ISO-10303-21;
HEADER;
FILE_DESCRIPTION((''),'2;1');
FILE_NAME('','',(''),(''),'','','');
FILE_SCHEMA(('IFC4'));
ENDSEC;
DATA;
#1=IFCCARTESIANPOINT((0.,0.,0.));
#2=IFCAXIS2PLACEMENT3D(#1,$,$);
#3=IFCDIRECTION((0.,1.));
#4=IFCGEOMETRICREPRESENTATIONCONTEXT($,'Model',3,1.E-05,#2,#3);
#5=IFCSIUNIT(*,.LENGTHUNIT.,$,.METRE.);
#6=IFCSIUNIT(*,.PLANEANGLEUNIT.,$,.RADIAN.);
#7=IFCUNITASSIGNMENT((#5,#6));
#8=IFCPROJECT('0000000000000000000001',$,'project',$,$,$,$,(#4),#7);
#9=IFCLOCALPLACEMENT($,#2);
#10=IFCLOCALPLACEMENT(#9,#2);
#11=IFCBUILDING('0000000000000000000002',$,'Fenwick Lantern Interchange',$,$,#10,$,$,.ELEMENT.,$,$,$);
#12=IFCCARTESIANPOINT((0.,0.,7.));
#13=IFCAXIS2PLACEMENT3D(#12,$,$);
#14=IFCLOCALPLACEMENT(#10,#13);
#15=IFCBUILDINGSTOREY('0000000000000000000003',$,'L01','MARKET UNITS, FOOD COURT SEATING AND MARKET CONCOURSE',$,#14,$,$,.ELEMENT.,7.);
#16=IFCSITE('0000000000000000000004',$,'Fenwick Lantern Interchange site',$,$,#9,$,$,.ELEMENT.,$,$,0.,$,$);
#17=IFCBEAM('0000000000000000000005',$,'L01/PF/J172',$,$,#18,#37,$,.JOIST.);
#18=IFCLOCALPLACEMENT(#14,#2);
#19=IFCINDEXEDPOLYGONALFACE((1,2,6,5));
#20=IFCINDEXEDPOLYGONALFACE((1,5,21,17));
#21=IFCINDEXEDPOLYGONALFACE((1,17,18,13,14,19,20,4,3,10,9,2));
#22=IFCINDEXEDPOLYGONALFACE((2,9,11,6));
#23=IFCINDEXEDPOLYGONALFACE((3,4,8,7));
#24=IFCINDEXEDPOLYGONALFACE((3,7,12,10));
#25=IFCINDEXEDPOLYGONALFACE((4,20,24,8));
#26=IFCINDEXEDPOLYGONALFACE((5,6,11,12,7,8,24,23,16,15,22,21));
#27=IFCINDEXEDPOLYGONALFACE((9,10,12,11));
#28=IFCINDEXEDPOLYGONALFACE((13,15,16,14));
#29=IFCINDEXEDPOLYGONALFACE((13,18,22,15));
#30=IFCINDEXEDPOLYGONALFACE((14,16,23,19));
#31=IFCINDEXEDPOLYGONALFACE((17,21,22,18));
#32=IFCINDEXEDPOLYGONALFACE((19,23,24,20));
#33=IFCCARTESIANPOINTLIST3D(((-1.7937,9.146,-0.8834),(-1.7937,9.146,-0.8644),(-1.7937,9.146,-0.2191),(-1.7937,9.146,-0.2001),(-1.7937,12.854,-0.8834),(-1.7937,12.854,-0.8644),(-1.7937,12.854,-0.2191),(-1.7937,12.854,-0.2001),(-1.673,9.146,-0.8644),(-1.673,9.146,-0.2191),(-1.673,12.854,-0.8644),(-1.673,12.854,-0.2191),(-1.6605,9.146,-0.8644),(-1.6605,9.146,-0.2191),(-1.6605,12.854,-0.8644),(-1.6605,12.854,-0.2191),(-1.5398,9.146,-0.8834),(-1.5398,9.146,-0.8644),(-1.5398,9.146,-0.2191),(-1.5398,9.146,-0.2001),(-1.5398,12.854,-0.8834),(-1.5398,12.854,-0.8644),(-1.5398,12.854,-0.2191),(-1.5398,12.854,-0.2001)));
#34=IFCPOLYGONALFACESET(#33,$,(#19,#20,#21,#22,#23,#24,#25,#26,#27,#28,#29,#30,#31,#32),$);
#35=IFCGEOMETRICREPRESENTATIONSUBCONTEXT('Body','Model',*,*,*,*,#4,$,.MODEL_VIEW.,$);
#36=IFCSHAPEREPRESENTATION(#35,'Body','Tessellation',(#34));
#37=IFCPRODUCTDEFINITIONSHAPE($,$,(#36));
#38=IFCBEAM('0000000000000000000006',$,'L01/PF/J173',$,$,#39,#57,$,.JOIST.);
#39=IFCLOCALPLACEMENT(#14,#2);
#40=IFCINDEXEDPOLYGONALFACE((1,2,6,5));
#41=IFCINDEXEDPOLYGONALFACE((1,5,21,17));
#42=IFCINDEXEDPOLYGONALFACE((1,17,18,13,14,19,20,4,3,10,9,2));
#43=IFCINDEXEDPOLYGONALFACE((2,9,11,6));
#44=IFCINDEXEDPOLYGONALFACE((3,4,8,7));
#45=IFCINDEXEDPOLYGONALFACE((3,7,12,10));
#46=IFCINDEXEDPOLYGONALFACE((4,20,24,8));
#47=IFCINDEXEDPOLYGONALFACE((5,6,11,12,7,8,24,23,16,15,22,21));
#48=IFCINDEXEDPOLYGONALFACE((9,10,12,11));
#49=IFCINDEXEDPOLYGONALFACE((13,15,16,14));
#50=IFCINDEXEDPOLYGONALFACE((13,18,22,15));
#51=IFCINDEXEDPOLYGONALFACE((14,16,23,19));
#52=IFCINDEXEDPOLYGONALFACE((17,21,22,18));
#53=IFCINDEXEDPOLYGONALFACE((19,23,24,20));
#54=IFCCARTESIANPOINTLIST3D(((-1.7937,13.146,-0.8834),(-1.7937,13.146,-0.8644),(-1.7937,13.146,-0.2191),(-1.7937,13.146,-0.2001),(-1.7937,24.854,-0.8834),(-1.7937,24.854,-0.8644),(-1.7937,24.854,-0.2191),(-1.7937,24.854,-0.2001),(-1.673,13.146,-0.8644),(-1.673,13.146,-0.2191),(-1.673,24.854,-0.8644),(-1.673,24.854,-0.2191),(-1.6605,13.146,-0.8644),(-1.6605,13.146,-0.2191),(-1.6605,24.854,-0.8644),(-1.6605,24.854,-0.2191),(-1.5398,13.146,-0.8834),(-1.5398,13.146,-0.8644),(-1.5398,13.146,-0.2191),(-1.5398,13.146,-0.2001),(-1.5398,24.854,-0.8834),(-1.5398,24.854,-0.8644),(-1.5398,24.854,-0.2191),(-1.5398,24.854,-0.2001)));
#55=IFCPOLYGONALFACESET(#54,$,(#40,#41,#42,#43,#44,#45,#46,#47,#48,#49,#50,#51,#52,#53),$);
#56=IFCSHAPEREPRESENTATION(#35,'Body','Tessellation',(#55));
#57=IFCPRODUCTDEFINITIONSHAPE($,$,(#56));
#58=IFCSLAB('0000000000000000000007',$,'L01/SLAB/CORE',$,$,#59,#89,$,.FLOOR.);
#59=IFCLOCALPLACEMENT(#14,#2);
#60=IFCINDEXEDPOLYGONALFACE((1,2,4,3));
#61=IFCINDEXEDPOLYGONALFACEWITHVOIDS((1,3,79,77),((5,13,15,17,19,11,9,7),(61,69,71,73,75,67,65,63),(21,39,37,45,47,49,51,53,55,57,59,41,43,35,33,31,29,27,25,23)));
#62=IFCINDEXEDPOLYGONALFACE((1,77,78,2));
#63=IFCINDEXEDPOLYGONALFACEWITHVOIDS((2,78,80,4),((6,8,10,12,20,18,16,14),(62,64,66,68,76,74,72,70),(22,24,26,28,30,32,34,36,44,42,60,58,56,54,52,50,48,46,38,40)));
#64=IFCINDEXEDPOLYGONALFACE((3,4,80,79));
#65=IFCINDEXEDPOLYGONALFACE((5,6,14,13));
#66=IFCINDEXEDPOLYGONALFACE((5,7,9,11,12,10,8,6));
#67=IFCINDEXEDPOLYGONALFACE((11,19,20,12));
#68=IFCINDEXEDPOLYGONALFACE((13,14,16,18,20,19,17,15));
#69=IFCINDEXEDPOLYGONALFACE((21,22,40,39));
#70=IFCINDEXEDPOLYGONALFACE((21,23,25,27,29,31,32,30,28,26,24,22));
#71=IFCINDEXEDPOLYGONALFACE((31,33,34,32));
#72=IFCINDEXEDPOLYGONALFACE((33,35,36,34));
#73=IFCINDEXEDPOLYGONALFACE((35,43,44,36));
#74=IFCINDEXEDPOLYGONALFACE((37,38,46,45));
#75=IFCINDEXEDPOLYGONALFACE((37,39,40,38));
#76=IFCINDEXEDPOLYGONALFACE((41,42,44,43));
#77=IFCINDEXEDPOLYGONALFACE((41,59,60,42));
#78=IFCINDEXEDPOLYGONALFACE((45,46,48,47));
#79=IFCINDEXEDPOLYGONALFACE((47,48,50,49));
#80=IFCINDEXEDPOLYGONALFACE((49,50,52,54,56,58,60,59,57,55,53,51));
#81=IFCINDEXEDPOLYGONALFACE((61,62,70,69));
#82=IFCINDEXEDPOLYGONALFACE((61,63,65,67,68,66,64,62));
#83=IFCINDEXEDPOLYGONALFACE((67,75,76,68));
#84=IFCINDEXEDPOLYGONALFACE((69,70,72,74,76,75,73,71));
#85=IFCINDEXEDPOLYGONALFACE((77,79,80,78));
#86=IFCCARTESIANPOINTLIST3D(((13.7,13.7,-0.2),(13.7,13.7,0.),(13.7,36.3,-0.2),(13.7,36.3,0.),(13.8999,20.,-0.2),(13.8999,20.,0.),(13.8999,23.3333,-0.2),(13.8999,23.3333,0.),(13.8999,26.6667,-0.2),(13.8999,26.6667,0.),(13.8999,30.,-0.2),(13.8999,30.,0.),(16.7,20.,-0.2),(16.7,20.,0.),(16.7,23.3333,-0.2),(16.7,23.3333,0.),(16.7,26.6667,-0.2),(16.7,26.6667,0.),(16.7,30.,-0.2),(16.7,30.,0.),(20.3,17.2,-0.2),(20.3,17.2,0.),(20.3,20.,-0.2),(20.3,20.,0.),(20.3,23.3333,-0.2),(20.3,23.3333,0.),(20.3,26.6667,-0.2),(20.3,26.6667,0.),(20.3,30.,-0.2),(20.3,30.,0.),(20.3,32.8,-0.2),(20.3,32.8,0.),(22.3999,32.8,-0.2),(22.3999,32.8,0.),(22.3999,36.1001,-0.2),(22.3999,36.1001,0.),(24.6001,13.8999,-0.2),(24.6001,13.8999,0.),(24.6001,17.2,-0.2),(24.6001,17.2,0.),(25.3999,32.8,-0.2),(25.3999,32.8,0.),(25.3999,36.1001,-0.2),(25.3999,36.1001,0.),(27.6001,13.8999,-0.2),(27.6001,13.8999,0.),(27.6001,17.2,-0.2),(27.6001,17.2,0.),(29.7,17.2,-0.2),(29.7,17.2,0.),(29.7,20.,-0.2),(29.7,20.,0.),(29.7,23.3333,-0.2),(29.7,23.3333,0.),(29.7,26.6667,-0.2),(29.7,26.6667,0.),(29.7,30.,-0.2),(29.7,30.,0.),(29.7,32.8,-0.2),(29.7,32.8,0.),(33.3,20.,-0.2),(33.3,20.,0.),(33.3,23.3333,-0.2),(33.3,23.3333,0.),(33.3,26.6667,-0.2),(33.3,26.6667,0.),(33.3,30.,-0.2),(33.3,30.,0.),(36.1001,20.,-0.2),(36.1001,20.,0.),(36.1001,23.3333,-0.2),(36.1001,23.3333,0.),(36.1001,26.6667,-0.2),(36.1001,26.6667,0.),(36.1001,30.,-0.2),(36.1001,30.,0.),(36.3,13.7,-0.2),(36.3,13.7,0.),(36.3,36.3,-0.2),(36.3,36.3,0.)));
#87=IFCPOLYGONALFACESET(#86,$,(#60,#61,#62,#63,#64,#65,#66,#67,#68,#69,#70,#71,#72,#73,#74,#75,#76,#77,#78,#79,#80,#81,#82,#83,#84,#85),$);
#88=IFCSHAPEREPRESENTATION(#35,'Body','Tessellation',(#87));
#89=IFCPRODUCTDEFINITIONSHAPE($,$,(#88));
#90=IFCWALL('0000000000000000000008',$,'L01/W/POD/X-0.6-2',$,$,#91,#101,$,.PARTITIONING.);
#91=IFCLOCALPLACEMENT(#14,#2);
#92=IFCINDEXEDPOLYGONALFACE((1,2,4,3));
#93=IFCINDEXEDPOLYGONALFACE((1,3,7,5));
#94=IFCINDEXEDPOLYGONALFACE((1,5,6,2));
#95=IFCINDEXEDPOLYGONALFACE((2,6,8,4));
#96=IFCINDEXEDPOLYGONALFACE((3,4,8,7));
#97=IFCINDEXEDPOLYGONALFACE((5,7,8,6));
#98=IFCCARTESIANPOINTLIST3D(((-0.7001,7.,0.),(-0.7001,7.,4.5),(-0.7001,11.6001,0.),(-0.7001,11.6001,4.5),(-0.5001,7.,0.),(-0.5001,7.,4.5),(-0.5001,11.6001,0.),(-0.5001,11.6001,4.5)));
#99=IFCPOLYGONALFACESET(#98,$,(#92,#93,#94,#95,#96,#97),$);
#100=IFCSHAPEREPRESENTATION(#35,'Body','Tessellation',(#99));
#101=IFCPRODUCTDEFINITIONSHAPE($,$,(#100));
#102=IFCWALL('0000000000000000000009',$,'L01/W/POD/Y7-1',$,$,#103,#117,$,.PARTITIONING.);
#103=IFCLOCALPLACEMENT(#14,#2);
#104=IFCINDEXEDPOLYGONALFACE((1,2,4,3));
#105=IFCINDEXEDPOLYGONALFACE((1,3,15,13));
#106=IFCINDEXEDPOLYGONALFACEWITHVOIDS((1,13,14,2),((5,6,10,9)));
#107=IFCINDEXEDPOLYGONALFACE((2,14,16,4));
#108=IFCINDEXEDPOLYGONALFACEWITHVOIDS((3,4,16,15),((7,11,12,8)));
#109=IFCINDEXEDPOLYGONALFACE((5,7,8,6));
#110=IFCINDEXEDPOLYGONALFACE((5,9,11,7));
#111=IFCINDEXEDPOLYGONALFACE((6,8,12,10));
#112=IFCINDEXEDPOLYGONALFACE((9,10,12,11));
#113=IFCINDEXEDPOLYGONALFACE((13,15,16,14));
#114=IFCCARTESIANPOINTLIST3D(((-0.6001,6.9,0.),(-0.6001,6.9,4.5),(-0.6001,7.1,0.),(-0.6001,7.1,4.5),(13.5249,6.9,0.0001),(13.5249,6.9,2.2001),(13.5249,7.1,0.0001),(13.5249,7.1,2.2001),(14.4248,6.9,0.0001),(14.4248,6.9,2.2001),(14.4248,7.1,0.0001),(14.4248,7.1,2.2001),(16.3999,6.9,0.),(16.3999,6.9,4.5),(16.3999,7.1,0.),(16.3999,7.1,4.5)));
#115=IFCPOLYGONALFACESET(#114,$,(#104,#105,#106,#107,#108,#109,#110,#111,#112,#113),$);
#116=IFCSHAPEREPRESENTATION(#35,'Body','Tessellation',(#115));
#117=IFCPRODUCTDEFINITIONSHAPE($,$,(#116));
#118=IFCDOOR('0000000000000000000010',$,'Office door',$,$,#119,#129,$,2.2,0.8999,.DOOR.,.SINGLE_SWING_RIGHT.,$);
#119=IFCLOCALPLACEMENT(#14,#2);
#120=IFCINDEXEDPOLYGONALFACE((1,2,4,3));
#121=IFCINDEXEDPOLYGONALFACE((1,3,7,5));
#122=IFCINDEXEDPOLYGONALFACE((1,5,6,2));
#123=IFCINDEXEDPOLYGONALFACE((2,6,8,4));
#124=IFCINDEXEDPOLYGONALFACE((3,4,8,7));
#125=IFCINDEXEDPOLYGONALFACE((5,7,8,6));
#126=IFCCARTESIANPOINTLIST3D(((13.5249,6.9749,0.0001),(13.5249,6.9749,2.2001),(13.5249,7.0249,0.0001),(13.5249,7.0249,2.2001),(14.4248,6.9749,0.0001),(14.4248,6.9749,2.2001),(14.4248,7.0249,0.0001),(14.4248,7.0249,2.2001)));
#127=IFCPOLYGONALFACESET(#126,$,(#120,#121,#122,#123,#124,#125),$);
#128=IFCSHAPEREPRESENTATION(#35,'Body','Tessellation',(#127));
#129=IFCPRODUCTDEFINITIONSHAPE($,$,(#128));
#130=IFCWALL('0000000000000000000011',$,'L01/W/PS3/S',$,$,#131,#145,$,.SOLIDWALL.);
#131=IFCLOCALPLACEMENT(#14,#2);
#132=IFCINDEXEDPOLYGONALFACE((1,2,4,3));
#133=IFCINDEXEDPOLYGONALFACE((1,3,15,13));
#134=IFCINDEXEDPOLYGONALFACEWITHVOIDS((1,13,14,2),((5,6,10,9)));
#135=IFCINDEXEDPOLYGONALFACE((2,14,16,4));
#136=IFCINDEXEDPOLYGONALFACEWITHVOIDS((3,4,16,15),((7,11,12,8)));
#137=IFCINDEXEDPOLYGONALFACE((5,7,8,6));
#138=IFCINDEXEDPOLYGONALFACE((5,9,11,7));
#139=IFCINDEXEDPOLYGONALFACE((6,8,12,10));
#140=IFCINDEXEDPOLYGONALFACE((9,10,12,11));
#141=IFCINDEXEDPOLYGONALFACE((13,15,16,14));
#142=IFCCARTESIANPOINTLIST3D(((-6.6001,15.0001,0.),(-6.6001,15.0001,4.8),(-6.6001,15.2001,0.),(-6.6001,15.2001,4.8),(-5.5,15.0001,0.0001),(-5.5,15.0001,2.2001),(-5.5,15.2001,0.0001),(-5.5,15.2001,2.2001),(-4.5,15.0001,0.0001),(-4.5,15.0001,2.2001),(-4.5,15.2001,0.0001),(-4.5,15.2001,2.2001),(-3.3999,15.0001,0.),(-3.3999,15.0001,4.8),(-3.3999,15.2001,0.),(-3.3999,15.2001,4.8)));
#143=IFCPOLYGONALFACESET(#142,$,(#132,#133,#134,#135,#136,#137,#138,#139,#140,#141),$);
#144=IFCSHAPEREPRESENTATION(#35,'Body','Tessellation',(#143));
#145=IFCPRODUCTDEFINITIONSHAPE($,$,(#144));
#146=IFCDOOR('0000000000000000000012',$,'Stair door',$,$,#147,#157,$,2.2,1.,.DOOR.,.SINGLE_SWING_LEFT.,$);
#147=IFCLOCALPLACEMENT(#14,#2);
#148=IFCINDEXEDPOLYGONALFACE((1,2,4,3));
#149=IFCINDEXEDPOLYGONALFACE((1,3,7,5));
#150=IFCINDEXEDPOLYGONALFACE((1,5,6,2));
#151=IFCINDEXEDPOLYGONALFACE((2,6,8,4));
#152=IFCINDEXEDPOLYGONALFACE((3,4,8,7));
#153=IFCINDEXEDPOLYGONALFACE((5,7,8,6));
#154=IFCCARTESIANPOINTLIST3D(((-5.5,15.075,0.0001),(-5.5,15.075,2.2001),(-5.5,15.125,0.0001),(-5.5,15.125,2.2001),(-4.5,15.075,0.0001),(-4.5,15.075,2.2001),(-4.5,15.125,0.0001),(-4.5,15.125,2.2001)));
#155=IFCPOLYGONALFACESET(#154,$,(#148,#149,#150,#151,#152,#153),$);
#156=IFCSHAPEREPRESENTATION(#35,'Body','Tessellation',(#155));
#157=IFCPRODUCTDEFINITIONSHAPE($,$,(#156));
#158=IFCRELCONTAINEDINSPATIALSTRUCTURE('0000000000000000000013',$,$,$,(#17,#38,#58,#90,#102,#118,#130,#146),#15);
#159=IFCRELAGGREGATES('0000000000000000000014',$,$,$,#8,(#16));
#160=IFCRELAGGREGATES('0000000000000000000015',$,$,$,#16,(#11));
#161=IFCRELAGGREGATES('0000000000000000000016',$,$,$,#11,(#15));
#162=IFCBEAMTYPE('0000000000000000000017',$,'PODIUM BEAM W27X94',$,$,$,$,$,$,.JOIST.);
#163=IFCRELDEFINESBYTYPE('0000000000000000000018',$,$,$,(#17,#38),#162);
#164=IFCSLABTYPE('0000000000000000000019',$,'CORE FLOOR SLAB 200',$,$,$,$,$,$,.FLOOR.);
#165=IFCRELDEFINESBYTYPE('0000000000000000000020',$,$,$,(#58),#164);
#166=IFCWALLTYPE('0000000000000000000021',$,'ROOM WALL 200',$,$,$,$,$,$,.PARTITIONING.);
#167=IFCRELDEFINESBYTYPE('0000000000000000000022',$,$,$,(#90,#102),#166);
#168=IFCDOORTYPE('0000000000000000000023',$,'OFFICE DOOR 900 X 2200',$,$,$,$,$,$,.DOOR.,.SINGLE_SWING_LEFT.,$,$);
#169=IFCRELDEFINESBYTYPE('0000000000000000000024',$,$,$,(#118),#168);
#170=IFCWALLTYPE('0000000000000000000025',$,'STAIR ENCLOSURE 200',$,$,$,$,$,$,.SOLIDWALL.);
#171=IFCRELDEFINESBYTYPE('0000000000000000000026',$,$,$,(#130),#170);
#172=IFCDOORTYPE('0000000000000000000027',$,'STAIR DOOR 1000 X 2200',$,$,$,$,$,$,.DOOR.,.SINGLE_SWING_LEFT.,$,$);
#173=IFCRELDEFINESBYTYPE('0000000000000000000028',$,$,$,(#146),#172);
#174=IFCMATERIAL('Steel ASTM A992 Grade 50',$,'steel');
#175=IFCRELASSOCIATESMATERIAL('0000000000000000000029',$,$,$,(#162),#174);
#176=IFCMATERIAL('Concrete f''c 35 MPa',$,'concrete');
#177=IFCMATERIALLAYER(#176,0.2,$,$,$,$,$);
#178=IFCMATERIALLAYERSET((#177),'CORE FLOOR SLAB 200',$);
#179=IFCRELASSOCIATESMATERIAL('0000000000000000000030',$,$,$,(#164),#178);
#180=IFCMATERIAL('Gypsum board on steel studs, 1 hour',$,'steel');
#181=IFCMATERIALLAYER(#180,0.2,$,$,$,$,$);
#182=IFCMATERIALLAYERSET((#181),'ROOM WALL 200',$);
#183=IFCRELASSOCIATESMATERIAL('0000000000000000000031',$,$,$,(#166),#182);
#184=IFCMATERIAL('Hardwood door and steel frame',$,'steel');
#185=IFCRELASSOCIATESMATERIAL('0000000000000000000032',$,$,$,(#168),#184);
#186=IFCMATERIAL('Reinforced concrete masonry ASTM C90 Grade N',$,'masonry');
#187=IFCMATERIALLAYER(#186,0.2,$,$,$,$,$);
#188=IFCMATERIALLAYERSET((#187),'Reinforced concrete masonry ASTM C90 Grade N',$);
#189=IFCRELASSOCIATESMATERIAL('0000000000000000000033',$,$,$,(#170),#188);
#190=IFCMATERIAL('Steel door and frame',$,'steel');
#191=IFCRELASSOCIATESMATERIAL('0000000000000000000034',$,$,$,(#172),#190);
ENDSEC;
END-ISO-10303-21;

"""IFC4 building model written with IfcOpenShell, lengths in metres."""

from ifc_helpers import new_model, si_unit, direction, frame, frame_2d, origin, origin_2d, place, context, subcontext, project, spatial, polyline, rectangle, i_section, outline, extrude, material, layer, layer_set, material_profile, profile_set, type_object, element, fill, save


model = new_model("IFC4")

# Units and contexts
model_context = context("Model", 3, precision=1e-05, world=origin(), true_north=direction((0.0, 1.0)))
body_context = subcontext(model_context, "Body", "Model", "MODEL_VIEW")
ifc_project = project(units=[si_unit("LENGTHUNIT", "METRE"), si_unit("PLANEANGLEUNIT", "RADIAN")], contexts=[model_context])

# Site, building, storey
site_placement = place(None, origin())
site = spatial("IfcSite", under=ifc_project, at=site_placement, Name="Fenwick Lantern Interchange site", CompositionType="ELEMENT", RefElevation=0.0)
building_placement = place(site_placement, origin())
building = spatial("IfcBuilding", under=site, at=building_placement, Name="Fenwick Lantern Interchange", CompositionType="ELEMENT")
storey_placement = place(building_placement, frame((0.0, 0.0, 7.0)))
storey = spatial("IfcBuildingStorey", under=building, at=storey_placement, Name="L01", Description="MARKET UNITS, FOOD COURT SEATING AND MARKET CONCOURSE", CompositionType="ELEMENT", Elevation=7.0)

# Shared definitions
ifc_material_1 = material(Name="Steel ASTM A992 Grade 50", Category="steel")

# Beams
ifc_material_profile_1 = material_profile(ifc_material_1, i_section(OverallWidth=0.2539, OverallDepth=0.6833, WebThickness=0.0125, FlangeThickness=0.019, at=origin_2d()), Name="W27X94")
ifc_profile_set_1 = profile_set([ifc_material_profile_1], Name="Steel ASTM A992 Grade 50")
beam_type_1 = type_object("IfcBeamType", Name="PODIUM BEAM W27X94", PredefinedType="JOIST", material=ifc_profile_set_1)
beam_1_placement = place(storey_placement, frame((-1.6667, 9.146, -0.5417), z_axis=(0.0, 1.0, 0.0), x_axis=(-1.0, 0.0, 0.0)))
element("IfcBeam", 1, at=beam_1_placement, inside=storey, type_object=beam_type_1, Name="L01/PF/J172", PredefinedType="JOIST", context=body_context, shape_type="SweptSolid", body=[
    extrude(i_section(OverallWidth=0.2539, OverallDepth=0.6833, WebThickness=0.0125, FlangeThickness=0.019, at=origin_2d()), origin(), (0.0, 0.0, 1.0), 3.708),
])
beam_2_placement = place(storey_placement, frame((-1.6667, 13.146, -0.5417), z_axis=(0.0, 1.0, 0.0), x_axis=(-1.0, 0.0, 0.0)))
element("IfcBeam", 2, at=beam_2_placement, inside=storey, type_object=beam_type_1, Name="L01/PF/J173", PredefinedType="JOIST", context=body_context, shape_type="SweptSolid", body=[
    extrude(i_section(OverallWidth=0.2539, OverallDepth=0.6833, WebThickness=0.0125, FlangeThickness=0.019, at=origin_2d()), origin(), (0.0, 0.0, 1.0), 11.708),
])

# Slab
ifc_material_2 = material(Name="Concrete f'c 35 MPa", Category="concrete")
ifc_layer_1 = layer(ifc_material_2, 0.2)
ifc_layer_set_1 = layer_set([ifc_layer_1], Name="CORE FLOOR SLAB 200")
slab_type = type_object("IfcSlabType", Name="CORE FLOOR SLAB 200", PredefinedType="FLOOR", material=ifc_layer_set_1)
slab_placement = place(storey_placement, frame((0.0, 0.0, -0.2)))
element("IfcSlab", 3, at=slab_placement, inside=storey, type_object=slab_type, Name="L01/SLAB/CORE", PredefinedType="FLOOR", context=body_context, shape_type="SweptSolid", body=[
    extrude(outline(polyline([(13.7, 36.3), (36.3, 36.3), (36.3, 13.7), (13.7, 13.7), (13.7, 36.3)]), holes=[polyline([(13.8999, 20.0), (16.7, 20.0), (16.7, 23.3333), (16.7, 26.6667), (16.7, 30.0), (13.8999, 30.0), (13.8999, 26.6667), (13.8999, 23.3333), (13.8999, 20.0)]), polyline([(20.3, 20.0), (20.3, 17.2), (24.6001, 17.2), (24.6001, 13.8999), (27.6001, 13.8999), (27.6001, 17.2), (29.7, 17.2), (29.7, 20.0), (29.7, 23.3333), (29.7, 26.6667), (29.7, 30.0), (29.7, 32.8), (25.3999, 32.8), (25.3999, 36.1001), (22.3999, 36.1001), (22.3999, 32.8), (20.3, 32.8), (20.3, 30.0), (20.3, 26.6667), (20.3, 23.3333), (20.3, 20.0)]), polyline([(33.3, 23.3333), (33.3, 20.0), (36.1001, 20.0), (36.1001, 23.3333), (36.1001, 26.6667), (36.1001, 30.0), (33.3, 30.0), (33.3, 26.6667), (33.3, 23.3333)])]), origin(), (0.0, 0.0, 1.0), 0.2),
])

# Wall
ifc_material_3 = material(Name="Gypsum board on steel studs, 1 hour", Category="steel")
ifc_layer_2 = layer(ifc_material_3, 0.2)
ifc_layer_set_2 = layer_set([ifc_layer_2], Name="ROOM WALL 200")
wall_type_1 = type_object("IfcWallType", Name="ROOM WALL 200", PredefinedType="PARTITIONING", material=ifc_layer_set_2)
wall_1_placement = place(storey_placement, frame((-0.6001, 7.0, 0.0), z_axis=(0.0, 0.0, 1.0), x_axis=(0.0, 1.0, 0.0)))
element("IfcWall", 4, at=wall_1_placement, inside=storey, type_object=wall_type_1, Name="L01/W/POD/X-0.6-2", PredefinedType="PARTITIONING", context=body_context, shape_type="SweptSolid", body=[
    extrude(rectangle(XDim=4.6001, YDim=0.2, at=frame_2d((2.3, 0.0))), origin(), (0.0, 0.0, 1.0), 4.5),
])

# Walls, openings, doors
wall_2_placement = place(storey_placement, frame((-0.6001, 7.0, 0.0), z_axis=(0.0, 0.0, 1.0), x_axis=(1.0, 0.0, 0.0)))
wall_2 = element("IfcWall", 5, at=wall_2_placement, inside=storey, type_object=wall_type_1, Name="L01/W/POD/Y7-1", PredefinedType="PARTITIONING", context=body_context, shape_type="SweptSolid", body=[
    extrude(rectangle(XDim=17.0, YDim=0.2, at=frame_2d((8.5, 0.0))), origin(), (0.0, 0.0, 1.0), 4.5),
])
opening_1_placement = place(wall_2_placement, frame((14.125, 0.0, 0.0)))
opening_1 = element("IfcOpeningElement", 6, at=opening_1_placement, cuts=wall_2, PredefinedType="OPENING", context=body_context, shape_type="SweptSolid", body=[
    extrude(rectangle(XDim=0.8999, YDim=2.2, at=frame_2d((0.45, 1.1001))), frame((0.0, 0.1099, 0.0), z_axis=(0.0, -1.0, 0.0), x_axis=(1.0, 0.0, 0.0)), (0.0, 0.0, 1.0), 0.22),
])
ifc_material_4 = material(Name="Hardwood door and steel frame", Category="steel")
door_type_1 = type_object("IfcDoorType", Name="OFFICE DOOR 900 X 2200", OperationType="SINGLE_SWING_LEFT", PredefinedType="DOOR", material=ifc_material_4)
door_1_placement = place(opening_1_placement, origin())
door_1 = element("IfcDoor", 7, at=door_1_placement, inside=storey, type_object=door_type_1, Name="Office door", OperationType="SINGLE_SWING_RIGHT", OverallHeight=2.2, OverallWidth=0.8999, PredefinedType="DOOR", context=body_context, shape_type="SweptSolid", body=[
    extrude(rectangle(XDim=0.8999, YDim=2.2, at=frame_2d((0.45, 1.1001))), frame((0.0, 0.0249, 0.0), z_axis=(0.0, -1.0, 0.0), x_axis=(1.0, 0.0, 0.0)), (0.0, 0.0, 1.0), 0.05),
])
fill(opening_1, door_1)
ifc_material_5 = material(Name="Reinforced concrete masonry ASTM C90 Grade N", Category="masonry")
ifc_layer_3 = layer(ifc_material_5, 0.2)
ifc_layer_set_3 = layer_set([ifc_layer_3], Name="Reinforced concrete masonry ASTM C90 Grade N")
wall_type_2 = type_object("IfcWallType", Name="STAIR ENCLOSURE 200", PredefinedType="SOLIDWALL", material=ifc_layer_set_3)
wall_3_placement = place(storey_placement, frame((-6.6001, 15.1001, 0.0), z_axis=(0.0, 0.0, 1.0), x_axis=(1.0, 0.0, 0.0)))
wall_3 = element("IfcWall", 8, at=wall_3_placement, inside=storey, type_object=wall_type_2, Name="L01/W/PS3/S", PredefinedType="SOLIDWALL", context=body_context, shape_type="SweptSolid", body=[
    extrude(rectangle(XDim=3.2002, YDim=0.2, at=frame_2d((1.6001, 0.0))), origin(), (0.0, 0.0, 1.0), 4.8),
])
opening_2_placement = place(wall_3_placement, frame((1.1001, 0.0, 0.0)))
opening_2 = element("IfcOpeningElement", 9, at=opening_2_placement, cuts=wall_3, PredefinedType="OPENING", context=body_context, shape_type="SweptSolid", body=[
    extrude(rectangle(XDim=1.0, YDim=2.2, at=frame_2d((0.5, 1.1001))), frame((0.0, 0.1099, 0.0), z_axis=(0.0, -1.0, 0.0), x_axis=(1.0, 0.0, 0.0)), (0.0, 0.0, 1.0), 0.22),
])
ifc_material_6 = material(Name="Steel door and frame", Category="steel")
door_type_2 = type_object("IfcDoorType", Name="STAIR DOOR 1000 X 2200", OperationType="SINGLE_SWING_LEFT", PredefinedType="DOOR", material=ifc_material_6)
door_2_placement = place(opening_2_placement, origin())
door_2 = element("IfcDoor", 10, at=door_2_placement, inside=storey, type_object=door_type_2, Name="Stair door", OperationType="SINGLE_SWING_LEFT", OverallHeight=2.2, OverallWidth=1.0, PredefinedType="DOOR", context=body_context, shape_type="SweptSolid", body=[
    extrude(rectangle(XDim=1.0, YDim=2.2, at=frame_2d((0.5, 1.1001))), frame((0.0, 0.0249, 0.0), z_axis=(0.0, -1.0, 0.0), x_axis=(1.0, 0.0, 0.0)), (0.0, 0.0, 1.0), 0.05),
])
fill(opening_2, door_2)

save(model, "model.ifc")
